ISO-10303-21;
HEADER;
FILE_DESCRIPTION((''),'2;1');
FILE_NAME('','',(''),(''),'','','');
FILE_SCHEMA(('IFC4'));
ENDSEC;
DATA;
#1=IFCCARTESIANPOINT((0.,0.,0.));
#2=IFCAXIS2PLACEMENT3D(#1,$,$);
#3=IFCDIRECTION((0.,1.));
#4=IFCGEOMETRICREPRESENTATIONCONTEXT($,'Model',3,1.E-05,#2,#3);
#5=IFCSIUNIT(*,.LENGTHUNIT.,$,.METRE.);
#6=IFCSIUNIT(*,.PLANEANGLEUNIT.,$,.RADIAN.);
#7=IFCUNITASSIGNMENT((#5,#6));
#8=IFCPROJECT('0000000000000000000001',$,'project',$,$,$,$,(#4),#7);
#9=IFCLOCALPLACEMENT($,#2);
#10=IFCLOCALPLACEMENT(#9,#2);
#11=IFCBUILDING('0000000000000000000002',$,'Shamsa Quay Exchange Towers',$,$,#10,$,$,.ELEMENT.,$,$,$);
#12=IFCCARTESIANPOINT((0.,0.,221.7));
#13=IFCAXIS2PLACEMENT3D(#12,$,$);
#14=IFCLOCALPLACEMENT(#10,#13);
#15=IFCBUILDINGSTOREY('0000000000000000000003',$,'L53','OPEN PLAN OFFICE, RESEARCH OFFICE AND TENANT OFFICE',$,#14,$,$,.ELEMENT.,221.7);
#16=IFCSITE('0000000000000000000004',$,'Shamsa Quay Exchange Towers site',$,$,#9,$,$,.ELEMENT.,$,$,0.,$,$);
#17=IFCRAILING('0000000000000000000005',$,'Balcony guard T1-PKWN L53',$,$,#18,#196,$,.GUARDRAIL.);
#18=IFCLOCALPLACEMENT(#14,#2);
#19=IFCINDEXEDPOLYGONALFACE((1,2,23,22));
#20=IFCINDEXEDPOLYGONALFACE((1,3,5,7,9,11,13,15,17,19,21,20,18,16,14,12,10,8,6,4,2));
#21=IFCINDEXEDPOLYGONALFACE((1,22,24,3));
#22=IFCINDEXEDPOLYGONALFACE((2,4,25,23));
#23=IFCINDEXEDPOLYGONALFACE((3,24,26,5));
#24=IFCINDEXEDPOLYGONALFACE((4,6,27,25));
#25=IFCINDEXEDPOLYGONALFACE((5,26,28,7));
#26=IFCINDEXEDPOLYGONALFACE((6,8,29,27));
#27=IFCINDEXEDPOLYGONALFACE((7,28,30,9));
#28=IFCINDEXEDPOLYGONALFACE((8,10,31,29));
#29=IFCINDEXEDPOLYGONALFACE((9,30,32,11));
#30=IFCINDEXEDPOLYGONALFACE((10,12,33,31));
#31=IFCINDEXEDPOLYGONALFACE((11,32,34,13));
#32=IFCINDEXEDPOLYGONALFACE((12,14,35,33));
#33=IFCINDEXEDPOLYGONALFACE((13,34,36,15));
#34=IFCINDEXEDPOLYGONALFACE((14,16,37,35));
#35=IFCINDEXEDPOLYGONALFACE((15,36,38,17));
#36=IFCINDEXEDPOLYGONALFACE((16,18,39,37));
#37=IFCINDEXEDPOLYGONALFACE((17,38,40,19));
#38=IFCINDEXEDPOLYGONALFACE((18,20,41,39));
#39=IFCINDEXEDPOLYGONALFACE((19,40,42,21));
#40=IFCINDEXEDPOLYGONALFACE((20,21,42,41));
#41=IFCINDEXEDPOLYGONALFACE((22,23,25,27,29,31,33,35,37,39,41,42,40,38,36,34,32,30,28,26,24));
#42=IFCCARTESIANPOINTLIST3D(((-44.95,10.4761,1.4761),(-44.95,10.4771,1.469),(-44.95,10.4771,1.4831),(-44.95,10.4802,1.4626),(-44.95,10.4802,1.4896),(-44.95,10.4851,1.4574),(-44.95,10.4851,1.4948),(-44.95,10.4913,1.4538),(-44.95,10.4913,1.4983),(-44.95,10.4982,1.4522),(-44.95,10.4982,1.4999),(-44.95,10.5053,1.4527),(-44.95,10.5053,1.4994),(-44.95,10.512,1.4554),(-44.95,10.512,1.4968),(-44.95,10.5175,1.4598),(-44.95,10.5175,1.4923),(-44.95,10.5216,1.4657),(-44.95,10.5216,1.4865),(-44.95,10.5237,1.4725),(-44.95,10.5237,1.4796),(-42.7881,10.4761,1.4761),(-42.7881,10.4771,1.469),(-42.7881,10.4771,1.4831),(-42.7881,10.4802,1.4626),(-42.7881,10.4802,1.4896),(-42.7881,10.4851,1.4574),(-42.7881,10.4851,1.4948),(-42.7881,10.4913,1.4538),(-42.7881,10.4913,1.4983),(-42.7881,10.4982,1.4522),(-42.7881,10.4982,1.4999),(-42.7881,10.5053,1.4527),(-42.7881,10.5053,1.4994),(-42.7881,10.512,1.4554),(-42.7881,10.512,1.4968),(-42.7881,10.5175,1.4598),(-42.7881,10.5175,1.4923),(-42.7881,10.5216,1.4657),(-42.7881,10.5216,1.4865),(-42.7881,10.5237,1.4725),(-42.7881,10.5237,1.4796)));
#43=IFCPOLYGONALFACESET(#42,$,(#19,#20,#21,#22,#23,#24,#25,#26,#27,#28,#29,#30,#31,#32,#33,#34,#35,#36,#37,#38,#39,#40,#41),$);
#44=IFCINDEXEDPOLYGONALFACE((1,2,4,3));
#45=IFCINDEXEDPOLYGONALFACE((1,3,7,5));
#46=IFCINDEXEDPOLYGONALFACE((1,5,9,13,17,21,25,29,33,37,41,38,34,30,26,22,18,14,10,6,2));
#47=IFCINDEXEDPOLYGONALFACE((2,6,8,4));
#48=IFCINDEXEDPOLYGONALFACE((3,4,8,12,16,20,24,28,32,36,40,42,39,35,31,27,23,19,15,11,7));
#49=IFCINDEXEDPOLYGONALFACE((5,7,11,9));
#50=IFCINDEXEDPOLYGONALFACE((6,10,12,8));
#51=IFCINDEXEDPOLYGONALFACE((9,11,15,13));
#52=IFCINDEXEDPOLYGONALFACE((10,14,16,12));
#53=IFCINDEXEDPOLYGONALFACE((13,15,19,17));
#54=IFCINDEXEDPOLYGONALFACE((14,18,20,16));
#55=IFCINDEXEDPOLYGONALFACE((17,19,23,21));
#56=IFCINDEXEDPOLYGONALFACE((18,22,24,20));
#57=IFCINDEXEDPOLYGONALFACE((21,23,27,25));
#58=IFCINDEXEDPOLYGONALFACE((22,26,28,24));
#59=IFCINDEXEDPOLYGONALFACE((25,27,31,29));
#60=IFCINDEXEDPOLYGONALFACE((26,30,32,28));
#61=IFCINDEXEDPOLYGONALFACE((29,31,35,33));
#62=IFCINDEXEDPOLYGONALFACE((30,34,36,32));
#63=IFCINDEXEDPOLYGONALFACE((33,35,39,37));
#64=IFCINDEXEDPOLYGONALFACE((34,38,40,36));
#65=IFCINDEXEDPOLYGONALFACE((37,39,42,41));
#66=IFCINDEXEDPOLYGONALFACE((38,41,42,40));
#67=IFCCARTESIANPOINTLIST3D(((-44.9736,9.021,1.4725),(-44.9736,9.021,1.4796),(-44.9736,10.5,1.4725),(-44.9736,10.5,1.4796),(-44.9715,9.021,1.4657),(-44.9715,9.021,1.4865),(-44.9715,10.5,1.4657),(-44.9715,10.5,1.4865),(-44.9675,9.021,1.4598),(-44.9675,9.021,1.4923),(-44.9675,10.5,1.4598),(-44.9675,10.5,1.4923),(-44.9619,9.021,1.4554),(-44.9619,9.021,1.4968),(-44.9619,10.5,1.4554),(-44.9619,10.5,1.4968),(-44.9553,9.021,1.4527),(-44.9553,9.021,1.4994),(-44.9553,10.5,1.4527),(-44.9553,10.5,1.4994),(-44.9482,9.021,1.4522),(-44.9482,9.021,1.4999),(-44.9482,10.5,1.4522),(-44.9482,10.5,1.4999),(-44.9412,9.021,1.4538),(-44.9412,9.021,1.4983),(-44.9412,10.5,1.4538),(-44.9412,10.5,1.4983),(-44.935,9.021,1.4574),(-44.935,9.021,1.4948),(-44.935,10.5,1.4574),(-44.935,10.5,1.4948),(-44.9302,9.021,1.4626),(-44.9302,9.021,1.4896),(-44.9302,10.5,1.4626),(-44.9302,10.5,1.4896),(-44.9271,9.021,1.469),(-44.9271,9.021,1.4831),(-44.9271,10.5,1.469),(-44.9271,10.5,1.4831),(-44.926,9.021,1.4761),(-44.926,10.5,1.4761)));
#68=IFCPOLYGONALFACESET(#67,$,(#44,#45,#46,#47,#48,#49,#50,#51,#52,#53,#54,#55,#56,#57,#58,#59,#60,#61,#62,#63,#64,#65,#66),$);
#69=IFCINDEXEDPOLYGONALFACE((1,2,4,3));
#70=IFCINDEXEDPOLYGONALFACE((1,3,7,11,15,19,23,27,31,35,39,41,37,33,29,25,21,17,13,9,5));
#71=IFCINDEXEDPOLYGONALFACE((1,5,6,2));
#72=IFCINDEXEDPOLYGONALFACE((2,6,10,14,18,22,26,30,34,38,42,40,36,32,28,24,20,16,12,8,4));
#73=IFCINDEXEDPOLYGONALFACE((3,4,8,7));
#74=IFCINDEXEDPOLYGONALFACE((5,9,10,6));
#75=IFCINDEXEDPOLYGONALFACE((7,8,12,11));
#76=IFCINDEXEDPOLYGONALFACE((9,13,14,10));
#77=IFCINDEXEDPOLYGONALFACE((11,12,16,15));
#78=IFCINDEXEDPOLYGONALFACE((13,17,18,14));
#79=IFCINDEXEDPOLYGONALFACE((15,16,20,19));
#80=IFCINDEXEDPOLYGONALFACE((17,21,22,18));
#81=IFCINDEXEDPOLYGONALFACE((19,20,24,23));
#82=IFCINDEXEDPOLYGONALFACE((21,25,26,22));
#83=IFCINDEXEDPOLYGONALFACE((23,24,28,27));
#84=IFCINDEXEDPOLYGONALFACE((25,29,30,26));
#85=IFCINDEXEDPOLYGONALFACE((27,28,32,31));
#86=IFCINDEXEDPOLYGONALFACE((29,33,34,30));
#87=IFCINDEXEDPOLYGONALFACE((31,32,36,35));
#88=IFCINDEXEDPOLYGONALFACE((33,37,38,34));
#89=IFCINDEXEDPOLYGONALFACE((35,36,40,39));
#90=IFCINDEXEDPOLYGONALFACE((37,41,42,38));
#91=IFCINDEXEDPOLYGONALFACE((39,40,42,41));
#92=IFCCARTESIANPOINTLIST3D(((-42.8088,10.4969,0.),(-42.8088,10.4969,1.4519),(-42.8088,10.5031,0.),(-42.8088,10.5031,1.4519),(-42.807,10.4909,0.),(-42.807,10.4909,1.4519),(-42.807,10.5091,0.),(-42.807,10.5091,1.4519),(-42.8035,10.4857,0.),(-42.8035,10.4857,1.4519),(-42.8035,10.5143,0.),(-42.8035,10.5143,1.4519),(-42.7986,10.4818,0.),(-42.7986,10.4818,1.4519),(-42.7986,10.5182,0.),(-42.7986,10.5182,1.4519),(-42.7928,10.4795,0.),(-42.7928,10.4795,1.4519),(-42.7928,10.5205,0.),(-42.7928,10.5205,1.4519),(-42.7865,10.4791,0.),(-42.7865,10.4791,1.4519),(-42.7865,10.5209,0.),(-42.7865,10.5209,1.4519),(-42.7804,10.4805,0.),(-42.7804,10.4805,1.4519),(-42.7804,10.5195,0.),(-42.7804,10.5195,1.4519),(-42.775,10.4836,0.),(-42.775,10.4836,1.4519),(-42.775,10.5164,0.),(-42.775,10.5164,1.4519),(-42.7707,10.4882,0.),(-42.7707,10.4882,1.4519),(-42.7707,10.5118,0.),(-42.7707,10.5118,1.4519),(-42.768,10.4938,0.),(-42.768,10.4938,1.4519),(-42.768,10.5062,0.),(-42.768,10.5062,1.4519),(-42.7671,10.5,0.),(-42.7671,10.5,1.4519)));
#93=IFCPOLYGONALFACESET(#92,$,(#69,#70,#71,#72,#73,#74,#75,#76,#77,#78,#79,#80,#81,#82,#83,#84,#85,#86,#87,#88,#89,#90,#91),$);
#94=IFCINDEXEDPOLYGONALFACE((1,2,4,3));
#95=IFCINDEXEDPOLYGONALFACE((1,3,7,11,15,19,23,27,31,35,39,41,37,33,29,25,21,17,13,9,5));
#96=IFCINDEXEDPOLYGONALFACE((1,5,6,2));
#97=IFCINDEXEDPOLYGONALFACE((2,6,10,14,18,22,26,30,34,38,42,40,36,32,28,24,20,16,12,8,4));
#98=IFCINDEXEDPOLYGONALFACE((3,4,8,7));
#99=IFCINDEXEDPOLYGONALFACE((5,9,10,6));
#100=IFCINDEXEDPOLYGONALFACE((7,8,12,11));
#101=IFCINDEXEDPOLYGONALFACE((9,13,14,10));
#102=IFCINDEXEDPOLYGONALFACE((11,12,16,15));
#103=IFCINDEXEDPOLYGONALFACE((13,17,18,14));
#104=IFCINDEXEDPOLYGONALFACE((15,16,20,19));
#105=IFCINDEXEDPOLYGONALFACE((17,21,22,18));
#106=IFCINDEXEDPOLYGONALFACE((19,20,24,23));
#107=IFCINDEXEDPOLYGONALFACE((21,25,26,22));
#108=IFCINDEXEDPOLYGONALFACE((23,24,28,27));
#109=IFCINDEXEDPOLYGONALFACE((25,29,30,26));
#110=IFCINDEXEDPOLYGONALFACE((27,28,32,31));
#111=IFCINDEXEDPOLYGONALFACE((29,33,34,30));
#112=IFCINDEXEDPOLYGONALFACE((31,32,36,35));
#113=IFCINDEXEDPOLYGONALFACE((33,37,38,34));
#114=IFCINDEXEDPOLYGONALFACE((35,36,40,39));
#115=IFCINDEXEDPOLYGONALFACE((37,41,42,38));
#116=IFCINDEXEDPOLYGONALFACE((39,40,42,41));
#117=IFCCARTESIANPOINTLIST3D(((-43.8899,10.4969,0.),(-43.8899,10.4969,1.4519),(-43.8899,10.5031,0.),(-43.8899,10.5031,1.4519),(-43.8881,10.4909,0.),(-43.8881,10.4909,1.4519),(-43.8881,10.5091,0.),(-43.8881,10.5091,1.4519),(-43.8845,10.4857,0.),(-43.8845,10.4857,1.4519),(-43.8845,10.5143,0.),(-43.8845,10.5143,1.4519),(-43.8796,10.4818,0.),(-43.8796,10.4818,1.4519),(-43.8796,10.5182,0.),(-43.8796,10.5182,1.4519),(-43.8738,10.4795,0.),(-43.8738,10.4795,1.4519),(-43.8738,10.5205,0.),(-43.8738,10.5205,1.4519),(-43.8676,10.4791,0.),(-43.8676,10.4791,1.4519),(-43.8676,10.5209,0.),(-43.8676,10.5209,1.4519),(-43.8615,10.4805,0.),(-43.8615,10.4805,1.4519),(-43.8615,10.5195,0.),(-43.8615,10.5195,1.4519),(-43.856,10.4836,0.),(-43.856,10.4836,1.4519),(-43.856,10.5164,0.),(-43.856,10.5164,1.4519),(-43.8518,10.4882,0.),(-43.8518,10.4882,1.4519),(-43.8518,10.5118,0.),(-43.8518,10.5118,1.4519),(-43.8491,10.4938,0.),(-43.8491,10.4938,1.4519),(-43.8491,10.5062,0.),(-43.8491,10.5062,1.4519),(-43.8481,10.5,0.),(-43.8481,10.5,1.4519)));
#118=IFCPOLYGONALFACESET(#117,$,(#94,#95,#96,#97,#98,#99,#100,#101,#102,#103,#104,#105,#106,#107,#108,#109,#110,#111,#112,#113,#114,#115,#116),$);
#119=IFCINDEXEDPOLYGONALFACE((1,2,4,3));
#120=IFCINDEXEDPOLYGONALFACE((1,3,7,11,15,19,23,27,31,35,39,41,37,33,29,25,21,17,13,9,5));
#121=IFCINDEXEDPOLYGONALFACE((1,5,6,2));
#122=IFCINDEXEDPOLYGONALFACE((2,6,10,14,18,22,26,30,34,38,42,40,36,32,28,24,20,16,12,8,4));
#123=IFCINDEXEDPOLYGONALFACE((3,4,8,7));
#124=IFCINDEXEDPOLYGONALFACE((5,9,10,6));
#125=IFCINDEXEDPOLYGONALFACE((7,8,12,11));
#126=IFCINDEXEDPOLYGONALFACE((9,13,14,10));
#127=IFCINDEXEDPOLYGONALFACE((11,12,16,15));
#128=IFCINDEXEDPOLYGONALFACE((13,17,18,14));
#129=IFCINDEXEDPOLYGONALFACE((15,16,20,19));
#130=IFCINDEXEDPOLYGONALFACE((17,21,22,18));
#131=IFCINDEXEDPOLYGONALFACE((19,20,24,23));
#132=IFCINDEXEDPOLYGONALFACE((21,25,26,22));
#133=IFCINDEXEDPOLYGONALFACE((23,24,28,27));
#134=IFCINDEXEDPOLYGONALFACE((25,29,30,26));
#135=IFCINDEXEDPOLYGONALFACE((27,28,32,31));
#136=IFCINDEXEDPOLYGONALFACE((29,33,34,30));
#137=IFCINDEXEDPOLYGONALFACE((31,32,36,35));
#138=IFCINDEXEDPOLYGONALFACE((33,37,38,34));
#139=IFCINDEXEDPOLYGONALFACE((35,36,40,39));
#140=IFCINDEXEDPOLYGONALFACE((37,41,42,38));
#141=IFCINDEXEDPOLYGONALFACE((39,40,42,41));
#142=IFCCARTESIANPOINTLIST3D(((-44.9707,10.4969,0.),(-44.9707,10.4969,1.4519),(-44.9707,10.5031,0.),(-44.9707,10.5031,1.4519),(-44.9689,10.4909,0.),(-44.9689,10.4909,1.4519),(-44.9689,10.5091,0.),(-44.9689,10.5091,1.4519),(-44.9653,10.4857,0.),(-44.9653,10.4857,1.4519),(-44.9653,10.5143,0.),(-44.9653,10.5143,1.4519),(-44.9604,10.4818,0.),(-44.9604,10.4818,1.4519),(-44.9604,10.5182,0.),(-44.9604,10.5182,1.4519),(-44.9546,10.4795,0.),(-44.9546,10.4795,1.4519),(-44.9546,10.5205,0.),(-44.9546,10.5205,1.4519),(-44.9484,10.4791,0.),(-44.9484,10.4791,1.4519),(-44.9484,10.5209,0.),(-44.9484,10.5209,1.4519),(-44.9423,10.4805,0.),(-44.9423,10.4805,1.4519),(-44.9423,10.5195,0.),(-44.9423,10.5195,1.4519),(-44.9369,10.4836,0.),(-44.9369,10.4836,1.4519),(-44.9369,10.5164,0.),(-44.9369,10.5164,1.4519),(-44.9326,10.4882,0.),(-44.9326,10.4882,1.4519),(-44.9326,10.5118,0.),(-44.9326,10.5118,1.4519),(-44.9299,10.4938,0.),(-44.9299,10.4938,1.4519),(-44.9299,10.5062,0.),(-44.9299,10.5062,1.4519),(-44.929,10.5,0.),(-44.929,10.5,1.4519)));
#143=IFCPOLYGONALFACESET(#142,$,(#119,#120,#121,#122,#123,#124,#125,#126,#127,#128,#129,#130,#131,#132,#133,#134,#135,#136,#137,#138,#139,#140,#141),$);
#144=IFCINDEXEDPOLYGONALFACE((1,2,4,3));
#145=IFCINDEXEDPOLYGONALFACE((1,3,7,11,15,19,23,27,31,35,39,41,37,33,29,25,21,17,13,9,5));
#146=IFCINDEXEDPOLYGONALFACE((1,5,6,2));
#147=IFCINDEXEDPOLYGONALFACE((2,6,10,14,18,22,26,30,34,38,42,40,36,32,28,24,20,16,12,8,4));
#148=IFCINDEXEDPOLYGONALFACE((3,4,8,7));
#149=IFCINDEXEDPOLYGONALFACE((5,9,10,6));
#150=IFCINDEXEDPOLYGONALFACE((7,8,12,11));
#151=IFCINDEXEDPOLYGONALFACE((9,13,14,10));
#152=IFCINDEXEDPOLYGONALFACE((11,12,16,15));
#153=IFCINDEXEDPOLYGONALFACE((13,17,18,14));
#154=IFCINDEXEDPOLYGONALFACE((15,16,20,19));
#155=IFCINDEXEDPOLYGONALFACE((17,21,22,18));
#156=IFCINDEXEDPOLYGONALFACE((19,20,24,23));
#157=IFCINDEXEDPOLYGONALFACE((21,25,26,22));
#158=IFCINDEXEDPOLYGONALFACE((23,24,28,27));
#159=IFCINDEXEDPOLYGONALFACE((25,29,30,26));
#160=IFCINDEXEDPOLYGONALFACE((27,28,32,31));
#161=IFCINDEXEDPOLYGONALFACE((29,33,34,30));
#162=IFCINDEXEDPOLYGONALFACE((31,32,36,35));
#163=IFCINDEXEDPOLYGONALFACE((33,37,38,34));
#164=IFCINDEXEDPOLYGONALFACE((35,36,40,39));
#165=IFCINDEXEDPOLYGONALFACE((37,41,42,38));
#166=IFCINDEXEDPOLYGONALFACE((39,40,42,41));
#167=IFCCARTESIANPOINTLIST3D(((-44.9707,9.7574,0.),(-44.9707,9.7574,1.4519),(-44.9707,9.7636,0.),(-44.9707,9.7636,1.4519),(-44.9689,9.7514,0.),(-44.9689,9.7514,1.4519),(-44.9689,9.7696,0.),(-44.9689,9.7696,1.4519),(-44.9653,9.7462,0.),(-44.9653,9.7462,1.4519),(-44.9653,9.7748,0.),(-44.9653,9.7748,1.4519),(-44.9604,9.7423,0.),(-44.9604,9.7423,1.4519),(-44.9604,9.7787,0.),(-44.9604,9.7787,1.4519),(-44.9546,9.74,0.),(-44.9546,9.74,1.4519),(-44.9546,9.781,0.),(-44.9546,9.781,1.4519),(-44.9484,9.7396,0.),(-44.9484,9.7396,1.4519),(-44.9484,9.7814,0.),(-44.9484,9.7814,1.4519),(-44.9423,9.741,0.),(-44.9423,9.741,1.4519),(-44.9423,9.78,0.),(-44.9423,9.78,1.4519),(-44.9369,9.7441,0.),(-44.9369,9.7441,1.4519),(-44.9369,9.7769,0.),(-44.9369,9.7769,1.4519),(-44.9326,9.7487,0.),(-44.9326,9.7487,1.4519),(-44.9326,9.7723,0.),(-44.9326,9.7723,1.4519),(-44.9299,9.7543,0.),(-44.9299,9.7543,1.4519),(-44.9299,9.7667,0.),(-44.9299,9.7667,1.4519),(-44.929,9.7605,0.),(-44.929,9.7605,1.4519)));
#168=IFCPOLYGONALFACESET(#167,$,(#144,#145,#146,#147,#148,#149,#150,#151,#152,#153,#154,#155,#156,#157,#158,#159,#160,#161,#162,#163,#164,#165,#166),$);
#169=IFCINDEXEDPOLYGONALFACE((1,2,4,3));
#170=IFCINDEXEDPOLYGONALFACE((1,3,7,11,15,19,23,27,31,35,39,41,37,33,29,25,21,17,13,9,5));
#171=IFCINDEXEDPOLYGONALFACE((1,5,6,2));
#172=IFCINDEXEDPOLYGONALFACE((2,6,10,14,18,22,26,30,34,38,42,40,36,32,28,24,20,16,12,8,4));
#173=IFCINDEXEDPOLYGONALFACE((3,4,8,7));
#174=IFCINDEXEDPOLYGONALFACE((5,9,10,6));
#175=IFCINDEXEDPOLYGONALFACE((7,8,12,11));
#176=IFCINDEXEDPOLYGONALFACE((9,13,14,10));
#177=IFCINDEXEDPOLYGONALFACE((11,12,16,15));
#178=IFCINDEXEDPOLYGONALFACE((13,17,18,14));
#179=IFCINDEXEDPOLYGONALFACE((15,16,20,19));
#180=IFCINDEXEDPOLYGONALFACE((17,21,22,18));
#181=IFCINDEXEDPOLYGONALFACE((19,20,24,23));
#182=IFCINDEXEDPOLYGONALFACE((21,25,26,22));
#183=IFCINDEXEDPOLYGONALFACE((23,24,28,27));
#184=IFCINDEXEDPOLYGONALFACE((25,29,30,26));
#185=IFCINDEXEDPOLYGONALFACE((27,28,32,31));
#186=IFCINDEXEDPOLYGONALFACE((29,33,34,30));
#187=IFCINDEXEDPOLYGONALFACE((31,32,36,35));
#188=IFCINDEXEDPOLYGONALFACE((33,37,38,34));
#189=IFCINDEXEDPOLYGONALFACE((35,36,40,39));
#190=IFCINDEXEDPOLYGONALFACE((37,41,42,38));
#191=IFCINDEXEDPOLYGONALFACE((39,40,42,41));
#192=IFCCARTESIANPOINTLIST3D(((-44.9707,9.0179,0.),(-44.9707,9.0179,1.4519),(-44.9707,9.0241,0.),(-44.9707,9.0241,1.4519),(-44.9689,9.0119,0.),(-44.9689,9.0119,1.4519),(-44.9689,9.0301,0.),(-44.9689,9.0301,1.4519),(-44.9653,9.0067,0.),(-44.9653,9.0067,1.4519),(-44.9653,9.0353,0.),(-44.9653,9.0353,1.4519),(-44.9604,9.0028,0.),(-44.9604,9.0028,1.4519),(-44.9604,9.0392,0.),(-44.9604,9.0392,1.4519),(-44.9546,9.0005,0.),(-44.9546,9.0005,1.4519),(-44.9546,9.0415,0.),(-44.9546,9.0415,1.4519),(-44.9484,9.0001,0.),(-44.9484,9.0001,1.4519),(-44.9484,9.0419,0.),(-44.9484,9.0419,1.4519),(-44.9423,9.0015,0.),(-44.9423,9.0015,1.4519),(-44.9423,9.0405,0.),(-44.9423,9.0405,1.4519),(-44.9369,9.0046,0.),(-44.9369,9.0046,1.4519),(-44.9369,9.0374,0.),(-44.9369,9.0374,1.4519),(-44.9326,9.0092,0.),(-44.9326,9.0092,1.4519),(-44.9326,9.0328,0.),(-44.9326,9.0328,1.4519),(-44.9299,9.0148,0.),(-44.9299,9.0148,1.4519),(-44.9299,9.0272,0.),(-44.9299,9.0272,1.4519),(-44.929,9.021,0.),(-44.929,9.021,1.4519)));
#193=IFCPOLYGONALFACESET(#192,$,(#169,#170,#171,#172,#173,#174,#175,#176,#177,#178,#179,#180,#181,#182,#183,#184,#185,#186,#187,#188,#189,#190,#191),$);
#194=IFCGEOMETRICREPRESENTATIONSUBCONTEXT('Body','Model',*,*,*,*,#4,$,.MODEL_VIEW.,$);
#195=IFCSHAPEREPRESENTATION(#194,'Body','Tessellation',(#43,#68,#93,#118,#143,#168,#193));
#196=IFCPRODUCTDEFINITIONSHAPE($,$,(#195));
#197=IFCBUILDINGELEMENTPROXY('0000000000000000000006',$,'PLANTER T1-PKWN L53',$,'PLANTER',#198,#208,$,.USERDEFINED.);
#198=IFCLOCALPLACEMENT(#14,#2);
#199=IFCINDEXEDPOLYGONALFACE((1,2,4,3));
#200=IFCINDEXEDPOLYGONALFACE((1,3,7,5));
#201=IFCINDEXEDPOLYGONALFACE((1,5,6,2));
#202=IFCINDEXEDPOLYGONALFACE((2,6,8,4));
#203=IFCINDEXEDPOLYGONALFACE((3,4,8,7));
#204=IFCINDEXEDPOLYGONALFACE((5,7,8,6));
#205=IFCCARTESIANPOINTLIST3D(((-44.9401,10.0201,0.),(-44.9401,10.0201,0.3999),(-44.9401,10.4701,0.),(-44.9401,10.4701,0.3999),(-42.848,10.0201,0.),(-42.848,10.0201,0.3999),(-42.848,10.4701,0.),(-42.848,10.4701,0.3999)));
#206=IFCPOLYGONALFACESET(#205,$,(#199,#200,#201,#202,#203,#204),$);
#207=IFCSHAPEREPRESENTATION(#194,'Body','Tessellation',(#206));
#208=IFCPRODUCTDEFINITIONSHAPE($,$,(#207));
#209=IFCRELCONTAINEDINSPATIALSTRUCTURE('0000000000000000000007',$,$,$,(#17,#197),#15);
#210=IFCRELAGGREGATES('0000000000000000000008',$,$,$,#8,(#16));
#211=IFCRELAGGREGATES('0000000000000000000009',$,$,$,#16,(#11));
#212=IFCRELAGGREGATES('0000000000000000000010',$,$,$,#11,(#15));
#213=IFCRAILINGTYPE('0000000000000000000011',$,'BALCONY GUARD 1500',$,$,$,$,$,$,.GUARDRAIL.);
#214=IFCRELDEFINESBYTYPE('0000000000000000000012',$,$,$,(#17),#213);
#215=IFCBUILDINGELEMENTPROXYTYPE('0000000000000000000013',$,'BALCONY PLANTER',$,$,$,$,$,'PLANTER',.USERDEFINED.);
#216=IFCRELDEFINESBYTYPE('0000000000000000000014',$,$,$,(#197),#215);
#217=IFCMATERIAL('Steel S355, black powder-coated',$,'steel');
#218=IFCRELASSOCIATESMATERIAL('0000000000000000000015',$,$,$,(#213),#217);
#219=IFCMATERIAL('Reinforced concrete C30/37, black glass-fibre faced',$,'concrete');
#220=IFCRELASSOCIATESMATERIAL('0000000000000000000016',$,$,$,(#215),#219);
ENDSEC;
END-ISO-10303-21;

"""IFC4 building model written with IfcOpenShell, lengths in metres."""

from ifc_helpers import new_model, si_unit, direction, frame, origin, origin_2d, place, context, subcontext, project, spatial, rectangle, circle, extrude, material, type_object, element, save


model = new_model("IFC4")

# Units and contexts
model_context = context("Model", 3, precision=1e-05, world=origin(), true_north=direction((0.0, 1.0)))
body_context = subcontext(model_context, "Body", "Model", "MODEL_VIEW")
ifc_project = project(units=[si_unit("LENGTHUNIT", "METRE"), si_unit("PLANEANGLEUNIT", "RADIAN")], contexts=[model_context])

# Site, building, storey
site_placement = place(None, origin())
site = spatial("IfcSite", under=ifc_project, at=site_placement, Name="Shamsa Quay Exchange Towers site", CompositionType="ELEMENT", RefElevation=0.0)
building_placement = place(site_placement, origin())
building = spatial("IfcBuilding", under=site, at=building_placement, Name="Shamsa Quay Exchange Towers", CompositionType="ELEMENT")
storey_placement = place(building_placement, frame((0.0, 0.0, 221.7)))
storey = spatial("IfcBuildingStorey", under=building, at=storey_placement, Name="L53", Description="OPEN PLAN OFFICE, RESEARCH OFFICE AND TENANT OFFICE", CompositionType="ELEMENT", Elevation=221.7)

# Railing
ifc_material_1 = material(Name="Steel S355, black powder-coated", Category="steel")
railing_type_1 = type_object("IfcRailingType", Name="BALCONY GUARD 1500", PredefinedType="GUARDRAIL", material=ifc_material_1)
railing_1_placement = place(storey_placement, frame((-42.7881, 10.5, 0.0)))
element("IfcRailing", 1, at=railing_1_placement, inside=storey, type_object=railing_type_1, Name="Balcony guard T1-PKWN L53", PredefinedType="GUARDRAIL", context=body_context, shape_type="SweptSolid", body=[
    extrude(circle(Radius=0.0239, at=origin_2d()), frame((0.0, 0.0, 1.4761), z_axis=(-1.0, 0.0, 0.0), x_axis=(0.0, -1.0, 0.0)), (0.0, 0.0, 1.0), 2.1619),
    extrude(circle(Radius=0.0239, at=origin_2d()), frame((-2.1619, 0.0, 1.4761), z_axis=(0.0, -1.0, 0.0), x_axis=(1.0, 0.0, 0.0)), (0.0, 0.0, 1.0), 1.479),
    extrude(circle(Radius=0.021, at=origin_2d()), origin(), (0.0, 0.0, 1.0), 1.4519),
    extrude(circle(Radius=0.021, at=origin_2d()), frame((-1.0811, 0.0, 0.0)), (0.0, 0.0, 1.0), 1.4519),
    extrude(circle(Radius=0.021, at=origin_2d()), frame((-2.1619, 0.0, 0.0)), (0.0, 0.0, 1.0), 1.4519),
    extrude(circle(Radius=0.021, at=origin_2d()), frame((-2.1619, -0.7395, 0.0)), (0.0, 0.0, 1.0), 1.4519),
    extrude(circle(Radius=0.021, at=origin_2d()), frame((-2.1619, -1.479, 0.0)), (0.0, 0.0, 1.0), 1.4519),
])

# Building element proxy
ifc_material_2 = material(Name="Reinforced concrete C30/37, black glass-fibre faced", Category="concrete")
building_element_proxy_type = type_object("IfcBuildingElementProxyType", Name="BALCONY PLANTER", ElementType="PLANTER", PredefinedType="USERDEFINED", material=ifc_material_2)
proxy_placement = place(storey_placement, frame((-43.894, 10.2451, 0.0), z_axis=(0.0, 0.0, 1.0), x_axis=(-1.0, 0.0, 0.0)))
element("IfcBuildingElementProxy", 2, at=proxy_placement, inside=storey, type_object=building_element_proxy_type, Name="PLANTER T1-PKWN L53", ObjectType="PLANTER", PredefinedType="USERDEFINED", context=body_context, shape_type="SweptSolid", body=[
    extrude(rectangle(XDim=2.092, YDim=0.45, at=origin_2d()), origin(), (0.0, 0.0, 1.0), 0.3999),
])

save(model, "model.ifc")
